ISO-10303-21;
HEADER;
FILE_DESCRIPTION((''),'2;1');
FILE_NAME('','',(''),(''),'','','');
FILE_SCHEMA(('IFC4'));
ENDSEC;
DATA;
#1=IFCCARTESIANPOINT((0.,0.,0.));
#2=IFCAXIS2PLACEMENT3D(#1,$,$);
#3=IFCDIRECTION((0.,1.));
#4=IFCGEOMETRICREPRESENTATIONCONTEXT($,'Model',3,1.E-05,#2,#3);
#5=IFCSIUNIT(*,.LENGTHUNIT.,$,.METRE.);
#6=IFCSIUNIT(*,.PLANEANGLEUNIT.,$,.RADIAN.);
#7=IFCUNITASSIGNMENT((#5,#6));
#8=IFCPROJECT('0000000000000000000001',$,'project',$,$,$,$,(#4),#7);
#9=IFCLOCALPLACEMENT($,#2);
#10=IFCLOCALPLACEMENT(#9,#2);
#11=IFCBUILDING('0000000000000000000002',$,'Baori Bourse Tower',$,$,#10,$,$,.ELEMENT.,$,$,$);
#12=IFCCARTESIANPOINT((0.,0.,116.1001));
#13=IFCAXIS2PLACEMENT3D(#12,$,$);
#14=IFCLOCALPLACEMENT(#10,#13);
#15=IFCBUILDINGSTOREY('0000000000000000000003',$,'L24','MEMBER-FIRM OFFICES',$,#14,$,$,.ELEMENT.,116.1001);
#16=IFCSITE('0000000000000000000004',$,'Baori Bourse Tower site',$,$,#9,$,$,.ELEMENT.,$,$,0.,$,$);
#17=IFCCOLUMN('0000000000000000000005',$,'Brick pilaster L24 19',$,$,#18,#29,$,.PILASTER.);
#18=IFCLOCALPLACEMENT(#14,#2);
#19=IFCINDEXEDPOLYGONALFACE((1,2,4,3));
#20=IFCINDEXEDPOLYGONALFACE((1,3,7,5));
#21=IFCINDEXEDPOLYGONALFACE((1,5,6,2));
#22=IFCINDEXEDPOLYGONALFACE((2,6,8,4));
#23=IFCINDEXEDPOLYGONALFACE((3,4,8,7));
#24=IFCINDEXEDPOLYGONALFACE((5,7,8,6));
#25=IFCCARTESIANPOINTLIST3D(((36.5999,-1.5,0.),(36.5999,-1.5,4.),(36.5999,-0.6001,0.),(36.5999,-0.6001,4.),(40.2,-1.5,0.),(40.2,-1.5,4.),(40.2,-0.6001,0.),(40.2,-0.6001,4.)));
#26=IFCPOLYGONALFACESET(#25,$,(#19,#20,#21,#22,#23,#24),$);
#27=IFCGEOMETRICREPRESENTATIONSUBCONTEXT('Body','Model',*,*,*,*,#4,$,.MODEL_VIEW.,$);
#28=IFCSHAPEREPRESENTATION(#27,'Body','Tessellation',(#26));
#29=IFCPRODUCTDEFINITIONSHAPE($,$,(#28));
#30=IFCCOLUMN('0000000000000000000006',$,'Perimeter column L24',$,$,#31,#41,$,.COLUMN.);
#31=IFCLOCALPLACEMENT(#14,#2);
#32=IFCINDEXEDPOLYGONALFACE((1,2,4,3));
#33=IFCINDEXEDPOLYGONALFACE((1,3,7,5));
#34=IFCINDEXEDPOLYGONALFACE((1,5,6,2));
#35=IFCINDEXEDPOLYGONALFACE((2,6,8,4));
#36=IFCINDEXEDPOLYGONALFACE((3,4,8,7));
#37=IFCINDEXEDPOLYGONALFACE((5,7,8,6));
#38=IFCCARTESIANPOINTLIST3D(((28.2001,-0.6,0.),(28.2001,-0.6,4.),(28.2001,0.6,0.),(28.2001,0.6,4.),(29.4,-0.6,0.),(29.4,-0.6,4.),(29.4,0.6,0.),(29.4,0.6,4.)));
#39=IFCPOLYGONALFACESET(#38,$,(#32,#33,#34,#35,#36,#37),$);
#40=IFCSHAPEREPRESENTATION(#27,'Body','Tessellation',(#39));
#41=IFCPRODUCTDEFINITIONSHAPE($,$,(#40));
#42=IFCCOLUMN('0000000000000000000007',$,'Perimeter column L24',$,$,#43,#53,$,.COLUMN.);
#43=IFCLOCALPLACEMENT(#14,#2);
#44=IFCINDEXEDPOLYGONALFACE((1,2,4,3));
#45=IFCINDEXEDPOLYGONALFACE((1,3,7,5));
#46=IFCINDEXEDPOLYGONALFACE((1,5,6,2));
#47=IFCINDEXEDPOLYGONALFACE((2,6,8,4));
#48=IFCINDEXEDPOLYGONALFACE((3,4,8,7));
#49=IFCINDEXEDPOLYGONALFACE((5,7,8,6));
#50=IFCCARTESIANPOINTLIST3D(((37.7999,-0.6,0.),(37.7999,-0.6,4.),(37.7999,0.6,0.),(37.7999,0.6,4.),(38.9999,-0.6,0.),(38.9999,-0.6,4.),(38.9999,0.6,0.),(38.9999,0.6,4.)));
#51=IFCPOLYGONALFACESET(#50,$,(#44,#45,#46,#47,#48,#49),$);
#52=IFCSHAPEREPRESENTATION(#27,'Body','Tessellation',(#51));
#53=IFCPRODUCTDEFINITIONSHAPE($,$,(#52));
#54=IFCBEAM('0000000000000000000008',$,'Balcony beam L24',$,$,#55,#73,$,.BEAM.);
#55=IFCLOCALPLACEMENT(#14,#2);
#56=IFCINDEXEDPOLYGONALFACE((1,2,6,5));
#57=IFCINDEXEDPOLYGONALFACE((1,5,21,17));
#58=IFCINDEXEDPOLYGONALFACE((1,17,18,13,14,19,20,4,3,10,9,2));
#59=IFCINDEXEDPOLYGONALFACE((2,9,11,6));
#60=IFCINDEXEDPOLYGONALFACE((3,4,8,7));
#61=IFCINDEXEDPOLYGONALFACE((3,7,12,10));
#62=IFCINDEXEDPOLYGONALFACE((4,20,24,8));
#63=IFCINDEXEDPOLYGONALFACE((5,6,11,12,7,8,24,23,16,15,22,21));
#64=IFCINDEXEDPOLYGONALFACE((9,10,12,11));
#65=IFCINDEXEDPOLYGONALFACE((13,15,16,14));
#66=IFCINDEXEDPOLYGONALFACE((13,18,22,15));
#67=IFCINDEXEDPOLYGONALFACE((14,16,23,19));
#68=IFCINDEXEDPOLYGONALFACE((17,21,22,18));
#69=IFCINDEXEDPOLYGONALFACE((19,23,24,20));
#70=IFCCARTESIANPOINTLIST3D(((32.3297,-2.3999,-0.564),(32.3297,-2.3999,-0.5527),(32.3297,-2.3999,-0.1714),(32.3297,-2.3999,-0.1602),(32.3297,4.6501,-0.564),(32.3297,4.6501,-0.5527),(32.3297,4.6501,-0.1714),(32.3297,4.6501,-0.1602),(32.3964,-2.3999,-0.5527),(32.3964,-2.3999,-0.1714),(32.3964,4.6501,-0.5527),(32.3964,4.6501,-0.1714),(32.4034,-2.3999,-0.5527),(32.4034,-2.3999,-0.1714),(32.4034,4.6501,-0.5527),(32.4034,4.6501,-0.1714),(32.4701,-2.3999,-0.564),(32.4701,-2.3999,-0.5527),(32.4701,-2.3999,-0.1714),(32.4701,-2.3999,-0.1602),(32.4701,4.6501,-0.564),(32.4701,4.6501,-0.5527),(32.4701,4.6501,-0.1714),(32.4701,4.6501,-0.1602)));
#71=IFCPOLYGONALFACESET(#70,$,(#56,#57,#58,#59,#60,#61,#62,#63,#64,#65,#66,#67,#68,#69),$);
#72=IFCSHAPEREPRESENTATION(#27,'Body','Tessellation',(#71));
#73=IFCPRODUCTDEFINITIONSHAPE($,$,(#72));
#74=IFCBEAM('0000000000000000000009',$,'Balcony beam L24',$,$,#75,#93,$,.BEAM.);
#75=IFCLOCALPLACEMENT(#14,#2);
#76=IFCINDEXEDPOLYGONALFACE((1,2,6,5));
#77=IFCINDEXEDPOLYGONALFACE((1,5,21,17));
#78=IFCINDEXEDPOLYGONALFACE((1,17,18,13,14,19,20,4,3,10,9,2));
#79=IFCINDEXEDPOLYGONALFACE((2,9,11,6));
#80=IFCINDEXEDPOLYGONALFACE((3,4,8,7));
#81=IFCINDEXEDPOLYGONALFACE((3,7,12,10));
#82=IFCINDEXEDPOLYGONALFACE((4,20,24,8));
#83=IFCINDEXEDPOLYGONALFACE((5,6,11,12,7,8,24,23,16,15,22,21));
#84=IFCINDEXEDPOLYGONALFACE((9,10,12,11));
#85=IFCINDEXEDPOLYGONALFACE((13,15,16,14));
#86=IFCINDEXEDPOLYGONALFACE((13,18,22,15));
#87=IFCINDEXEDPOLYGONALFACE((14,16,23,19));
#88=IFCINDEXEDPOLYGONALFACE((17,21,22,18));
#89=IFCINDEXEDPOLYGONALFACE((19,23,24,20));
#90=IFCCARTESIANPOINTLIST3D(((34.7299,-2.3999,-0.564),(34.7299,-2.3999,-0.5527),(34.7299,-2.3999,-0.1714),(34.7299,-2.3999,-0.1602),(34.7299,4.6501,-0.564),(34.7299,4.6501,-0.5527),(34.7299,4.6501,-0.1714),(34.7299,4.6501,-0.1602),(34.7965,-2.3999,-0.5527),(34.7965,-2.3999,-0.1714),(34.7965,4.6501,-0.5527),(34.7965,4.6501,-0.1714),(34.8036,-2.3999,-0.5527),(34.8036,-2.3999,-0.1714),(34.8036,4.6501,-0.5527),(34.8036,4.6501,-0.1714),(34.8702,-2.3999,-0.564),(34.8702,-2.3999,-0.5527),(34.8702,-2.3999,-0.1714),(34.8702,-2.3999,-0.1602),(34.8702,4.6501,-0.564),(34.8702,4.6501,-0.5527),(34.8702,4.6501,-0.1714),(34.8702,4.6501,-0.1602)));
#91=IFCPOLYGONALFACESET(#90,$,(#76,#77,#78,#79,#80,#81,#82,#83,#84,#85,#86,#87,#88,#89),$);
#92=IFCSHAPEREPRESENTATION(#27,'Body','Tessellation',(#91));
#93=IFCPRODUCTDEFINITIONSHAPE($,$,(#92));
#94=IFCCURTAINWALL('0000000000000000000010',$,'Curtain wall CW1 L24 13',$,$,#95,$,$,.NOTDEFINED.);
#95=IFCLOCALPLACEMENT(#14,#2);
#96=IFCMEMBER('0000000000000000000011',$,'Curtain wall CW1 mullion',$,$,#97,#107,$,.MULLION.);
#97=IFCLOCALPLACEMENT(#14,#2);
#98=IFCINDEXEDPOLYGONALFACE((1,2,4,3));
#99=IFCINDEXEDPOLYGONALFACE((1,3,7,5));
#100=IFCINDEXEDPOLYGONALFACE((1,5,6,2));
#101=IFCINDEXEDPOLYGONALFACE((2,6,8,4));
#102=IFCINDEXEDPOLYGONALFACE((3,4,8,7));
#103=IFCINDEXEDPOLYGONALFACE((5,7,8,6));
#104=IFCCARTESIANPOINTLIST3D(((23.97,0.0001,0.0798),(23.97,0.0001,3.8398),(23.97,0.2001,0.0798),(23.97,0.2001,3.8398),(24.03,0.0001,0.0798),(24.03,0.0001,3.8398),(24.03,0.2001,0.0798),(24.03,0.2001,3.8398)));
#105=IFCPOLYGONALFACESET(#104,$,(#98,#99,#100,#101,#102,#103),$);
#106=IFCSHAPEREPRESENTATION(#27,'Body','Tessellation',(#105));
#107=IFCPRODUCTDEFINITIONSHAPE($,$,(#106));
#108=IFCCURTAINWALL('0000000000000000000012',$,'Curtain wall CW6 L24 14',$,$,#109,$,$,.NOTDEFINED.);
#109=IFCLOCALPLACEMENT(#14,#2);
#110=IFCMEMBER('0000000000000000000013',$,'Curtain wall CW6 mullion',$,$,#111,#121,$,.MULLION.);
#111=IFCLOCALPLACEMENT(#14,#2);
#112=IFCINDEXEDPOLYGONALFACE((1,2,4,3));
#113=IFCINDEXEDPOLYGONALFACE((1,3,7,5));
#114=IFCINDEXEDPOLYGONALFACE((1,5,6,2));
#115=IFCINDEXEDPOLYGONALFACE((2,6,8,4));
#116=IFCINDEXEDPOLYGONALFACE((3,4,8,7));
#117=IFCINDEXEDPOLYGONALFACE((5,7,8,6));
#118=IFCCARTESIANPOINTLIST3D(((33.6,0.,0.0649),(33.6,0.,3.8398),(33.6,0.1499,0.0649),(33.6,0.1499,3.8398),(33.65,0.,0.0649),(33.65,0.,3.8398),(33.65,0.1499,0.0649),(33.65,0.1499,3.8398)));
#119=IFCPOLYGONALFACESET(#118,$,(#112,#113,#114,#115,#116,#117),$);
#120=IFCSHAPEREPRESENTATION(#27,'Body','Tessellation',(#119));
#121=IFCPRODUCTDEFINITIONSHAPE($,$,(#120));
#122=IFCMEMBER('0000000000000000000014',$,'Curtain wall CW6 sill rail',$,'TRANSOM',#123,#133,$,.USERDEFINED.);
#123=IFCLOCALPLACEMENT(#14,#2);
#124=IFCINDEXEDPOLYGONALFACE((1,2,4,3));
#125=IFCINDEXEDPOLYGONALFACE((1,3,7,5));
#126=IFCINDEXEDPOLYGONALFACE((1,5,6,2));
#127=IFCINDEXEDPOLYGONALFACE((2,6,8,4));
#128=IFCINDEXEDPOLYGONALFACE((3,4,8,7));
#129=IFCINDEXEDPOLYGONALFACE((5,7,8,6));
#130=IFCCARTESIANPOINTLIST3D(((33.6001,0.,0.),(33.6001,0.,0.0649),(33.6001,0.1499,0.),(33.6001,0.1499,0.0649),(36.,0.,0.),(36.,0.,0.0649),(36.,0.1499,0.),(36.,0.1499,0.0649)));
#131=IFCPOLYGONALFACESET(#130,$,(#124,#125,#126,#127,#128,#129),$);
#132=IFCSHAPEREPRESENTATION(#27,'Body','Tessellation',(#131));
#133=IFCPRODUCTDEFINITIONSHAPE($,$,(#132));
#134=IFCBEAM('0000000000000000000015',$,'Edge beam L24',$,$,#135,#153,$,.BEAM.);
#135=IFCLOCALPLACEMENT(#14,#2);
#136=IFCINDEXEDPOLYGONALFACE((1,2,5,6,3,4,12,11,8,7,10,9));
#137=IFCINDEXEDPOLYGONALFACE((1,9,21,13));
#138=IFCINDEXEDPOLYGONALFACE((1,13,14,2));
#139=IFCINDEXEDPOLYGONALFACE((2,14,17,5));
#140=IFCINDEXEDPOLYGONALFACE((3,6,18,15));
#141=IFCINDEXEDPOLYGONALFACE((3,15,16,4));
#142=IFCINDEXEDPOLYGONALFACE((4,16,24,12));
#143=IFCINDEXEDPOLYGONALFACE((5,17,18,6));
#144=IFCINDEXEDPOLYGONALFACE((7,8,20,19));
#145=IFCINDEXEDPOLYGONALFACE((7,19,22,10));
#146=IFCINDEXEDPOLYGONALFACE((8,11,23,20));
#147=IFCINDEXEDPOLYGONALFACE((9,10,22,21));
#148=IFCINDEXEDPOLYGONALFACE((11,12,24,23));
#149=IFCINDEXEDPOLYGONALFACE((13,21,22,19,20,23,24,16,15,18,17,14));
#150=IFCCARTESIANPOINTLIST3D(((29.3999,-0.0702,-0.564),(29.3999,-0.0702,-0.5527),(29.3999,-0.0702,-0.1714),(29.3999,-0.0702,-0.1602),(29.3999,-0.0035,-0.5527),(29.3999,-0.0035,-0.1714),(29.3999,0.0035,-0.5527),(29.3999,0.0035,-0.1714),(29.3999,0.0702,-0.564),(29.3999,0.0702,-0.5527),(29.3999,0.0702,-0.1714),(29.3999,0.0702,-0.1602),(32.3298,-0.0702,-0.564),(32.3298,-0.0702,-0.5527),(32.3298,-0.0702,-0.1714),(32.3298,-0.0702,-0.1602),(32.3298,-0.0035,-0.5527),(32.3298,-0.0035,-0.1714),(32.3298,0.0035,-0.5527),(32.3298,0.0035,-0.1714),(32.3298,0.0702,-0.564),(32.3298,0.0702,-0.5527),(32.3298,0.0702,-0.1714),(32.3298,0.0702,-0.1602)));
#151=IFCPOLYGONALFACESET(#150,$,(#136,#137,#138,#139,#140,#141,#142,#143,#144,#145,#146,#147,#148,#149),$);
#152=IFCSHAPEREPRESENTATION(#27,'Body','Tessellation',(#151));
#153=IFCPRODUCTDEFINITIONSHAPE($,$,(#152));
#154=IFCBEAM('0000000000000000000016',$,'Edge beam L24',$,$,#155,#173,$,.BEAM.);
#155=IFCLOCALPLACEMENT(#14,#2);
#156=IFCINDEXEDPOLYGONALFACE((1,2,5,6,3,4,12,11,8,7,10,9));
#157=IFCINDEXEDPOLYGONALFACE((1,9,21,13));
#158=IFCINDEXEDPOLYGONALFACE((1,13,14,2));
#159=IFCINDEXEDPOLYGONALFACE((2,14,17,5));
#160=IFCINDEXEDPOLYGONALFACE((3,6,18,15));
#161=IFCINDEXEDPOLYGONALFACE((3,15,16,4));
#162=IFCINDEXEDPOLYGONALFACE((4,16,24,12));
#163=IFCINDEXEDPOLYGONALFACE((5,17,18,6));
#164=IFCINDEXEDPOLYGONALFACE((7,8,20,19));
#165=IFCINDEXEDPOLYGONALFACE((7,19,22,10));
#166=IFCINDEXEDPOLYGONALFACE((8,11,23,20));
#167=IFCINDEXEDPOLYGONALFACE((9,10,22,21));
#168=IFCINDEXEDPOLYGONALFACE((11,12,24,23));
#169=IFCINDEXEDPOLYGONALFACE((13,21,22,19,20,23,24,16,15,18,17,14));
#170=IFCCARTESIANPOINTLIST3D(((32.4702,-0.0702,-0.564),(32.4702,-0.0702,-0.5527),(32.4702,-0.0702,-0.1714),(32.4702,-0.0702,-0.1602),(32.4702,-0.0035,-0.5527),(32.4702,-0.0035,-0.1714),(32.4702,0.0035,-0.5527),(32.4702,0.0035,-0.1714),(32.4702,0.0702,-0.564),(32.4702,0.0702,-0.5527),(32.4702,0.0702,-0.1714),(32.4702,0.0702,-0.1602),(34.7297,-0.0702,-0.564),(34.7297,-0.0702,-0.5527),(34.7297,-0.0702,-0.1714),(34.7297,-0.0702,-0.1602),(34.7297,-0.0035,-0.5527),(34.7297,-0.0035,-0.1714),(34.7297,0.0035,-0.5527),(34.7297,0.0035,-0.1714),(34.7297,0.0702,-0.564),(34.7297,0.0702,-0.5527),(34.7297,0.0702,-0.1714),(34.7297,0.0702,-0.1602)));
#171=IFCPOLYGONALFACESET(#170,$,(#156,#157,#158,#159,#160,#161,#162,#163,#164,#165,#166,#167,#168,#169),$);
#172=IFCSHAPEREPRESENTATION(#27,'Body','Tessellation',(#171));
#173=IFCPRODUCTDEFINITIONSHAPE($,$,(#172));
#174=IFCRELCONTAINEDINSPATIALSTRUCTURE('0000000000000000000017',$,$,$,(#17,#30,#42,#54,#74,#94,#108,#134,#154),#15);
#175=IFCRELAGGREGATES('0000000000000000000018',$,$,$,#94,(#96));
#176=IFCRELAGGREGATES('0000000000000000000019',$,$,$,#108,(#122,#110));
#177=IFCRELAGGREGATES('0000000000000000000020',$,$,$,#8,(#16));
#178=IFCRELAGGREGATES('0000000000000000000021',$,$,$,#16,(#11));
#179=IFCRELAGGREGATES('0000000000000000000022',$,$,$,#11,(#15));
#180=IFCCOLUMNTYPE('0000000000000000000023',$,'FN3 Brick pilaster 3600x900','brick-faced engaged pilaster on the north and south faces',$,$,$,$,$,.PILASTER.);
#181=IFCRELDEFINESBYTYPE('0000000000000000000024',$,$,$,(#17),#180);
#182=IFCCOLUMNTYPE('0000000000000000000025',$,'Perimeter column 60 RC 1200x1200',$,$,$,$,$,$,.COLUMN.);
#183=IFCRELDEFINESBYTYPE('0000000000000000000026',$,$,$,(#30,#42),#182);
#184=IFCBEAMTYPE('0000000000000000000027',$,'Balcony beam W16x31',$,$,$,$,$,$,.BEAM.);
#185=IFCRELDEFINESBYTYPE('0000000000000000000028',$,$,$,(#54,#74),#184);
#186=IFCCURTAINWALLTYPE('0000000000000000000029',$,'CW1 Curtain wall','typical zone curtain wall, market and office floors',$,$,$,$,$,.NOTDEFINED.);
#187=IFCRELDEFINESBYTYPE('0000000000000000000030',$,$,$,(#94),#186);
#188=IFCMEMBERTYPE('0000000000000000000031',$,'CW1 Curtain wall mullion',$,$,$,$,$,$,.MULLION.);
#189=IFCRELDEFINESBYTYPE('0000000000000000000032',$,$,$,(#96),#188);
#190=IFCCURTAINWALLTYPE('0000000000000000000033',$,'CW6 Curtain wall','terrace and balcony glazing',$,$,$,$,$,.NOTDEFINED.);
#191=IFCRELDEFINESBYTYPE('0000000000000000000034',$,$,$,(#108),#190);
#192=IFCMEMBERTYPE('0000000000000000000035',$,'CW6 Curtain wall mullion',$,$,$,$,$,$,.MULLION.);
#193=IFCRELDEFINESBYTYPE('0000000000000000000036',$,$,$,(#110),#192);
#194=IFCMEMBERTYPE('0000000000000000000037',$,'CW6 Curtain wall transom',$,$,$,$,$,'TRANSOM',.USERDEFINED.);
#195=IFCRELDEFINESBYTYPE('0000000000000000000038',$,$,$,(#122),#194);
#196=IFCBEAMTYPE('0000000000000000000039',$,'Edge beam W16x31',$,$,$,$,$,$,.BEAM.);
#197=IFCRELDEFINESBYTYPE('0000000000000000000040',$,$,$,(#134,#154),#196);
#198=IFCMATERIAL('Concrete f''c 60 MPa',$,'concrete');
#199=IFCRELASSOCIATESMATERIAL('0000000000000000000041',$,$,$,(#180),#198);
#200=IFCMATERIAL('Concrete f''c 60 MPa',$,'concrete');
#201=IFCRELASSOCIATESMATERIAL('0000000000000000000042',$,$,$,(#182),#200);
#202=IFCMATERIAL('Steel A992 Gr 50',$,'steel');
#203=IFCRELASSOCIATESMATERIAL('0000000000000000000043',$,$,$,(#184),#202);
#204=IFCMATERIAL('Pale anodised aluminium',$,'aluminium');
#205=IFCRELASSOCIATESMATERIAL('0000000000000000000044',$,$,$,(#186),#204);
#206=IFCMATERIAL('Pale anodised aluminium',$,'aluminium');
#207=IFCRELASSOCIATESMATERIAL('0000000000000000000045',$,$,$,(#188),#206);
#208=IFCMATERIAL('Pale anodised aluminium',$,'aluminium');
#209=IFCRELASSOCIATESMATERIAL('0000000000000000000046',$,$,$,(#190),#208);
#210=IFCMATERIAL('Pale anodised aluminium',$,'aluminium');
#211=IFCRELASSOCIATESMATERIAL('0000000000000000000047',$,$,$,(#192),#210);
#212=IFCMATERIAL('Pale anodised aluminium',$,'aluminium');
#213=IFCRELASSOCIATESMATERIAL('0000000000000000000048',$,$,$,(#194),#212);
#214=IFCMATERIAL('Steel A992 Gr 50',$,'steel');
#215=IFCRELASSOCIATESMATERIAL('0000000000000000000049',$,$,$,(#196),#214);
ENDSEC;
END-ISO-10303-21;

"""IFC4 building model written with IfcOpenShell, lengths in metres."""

from ifc_helpers import new_model, si_unit, direction, frame, origin, origin_2d, place, context, subcontext, project, spatial, rectangle, i_section, extrude, material, material_profile, profile_set, type_object, element, aggregate, save


model = new_model("IFC4")

# Units and contexts
model_context = context("Model", 3, precision=1e-05, world=origin(), true_north=direction((0.0, 1.0)))
body_context = subcontext(model_context, "Body", "Model", "MODEL_VIEW")
ifc_project = project(units=[si_unit("LENGTHUNIT", "METRE"), si_unit("PLANEANGLEUNIT", "RADIAN")], contexts=[model_context])

# Site, building, storey
site_placement = place(None, origin())
site = spatial("IfcSite", under=ifc_project, at=site_placement, Name="Baori Bourse Tower site", CompositionType="ELEMENT", RefElevation=0.0)
building_placement = place(site_placement, origin())
building = spatial("IfcBuilding", under=site, at=building_placement, Name="Baori Bourse Tower", CompositionType="ELEMENT")
storey_placement = place(building_placement, frame((0.0, 0.0, 116.1001)))
storey = spatial("IfcBuildingStorey", under=building, at=storey_placement, Name="L24", Description="MEMBER-FIRM OFFICES", CompositionType="ELEMENT", Elevation=116.1001)

# Columns
ifc_material_1 = material(Name="Concrete f'c 60 MPa", Category="concrete")
ifc_material_profile_1 = material_profile(ifc_material_1, rectangle(XDim=3.6001, YDim=0.8999, at=origin_2d()), Name="RC 3600x900")
ifc_profile_set_1 = profile_set([ifc_material_profile_1], Name="Concrete f'c 60 MPa")
column_type_1 = type_object("IfcColumnType", Name="FN3 Brick pilaster 3600x900", Description="brick-faced engaged pilaster on the north and south faces", PredefinedType="PILASTER", material=ifc_profile_set_1)
column_placement = place(storey_placement, frame((38.3999, -1.05, 0.0), z_axis=(0.0, 0.0, 1.0), x_axis=(1.0, 0.0, 0.0)))
element("IfcColumn", 1, at=column_placement, inside=storey, type_object=column_type_1, Name="Brick pilaster L24 19", PredefinedType="PILASTER", context=body_context, shape_type="SweptSolid", body=[
    extrude(rectangle(XDim=3.6001, YDim=0.8999, at=origin_2d()), origin(), (0.0, 0.0, 1.0), 4.0),
])
ifc_material_2 = material(Name="Concrete f'c 60 MPa", Category="concrete")
ifc_material_profile_2 = material_profile(ifc_material_2, rectangle(XDim=1.2, YDim=1.2, at=origin_2d()), Name="RC 1200x1200")
ifc_profile_set_2 = profile_set([ifc_material_profile_2], Name="Concrete f'c 60 MPa")
column_type_2 = type_object("IfcColumnType", Name="Perimeter column 60 RC 1200x1200", PredefinedType="COLUMN", material=ifc_profile_set_2)
for number, where, z_axis, x_axis, name in (
    (2, (28.8, 0.0, 0.0), (0.0, 0.0, 1.0), (1.0, 0.0, 0.0), "Perimeter column L24"),
    (3, (38.3999, 0.0, 0.0), (0.0, 0.0, 1.0), (1.0, 0.0, 0.0), "Perimeter column L24"),
):
    element("IfcColumn", number, at=place(storey_placement, frame(where, z_axis=z_axis, x_axis=x_axis)), inside=storey, type_object=column_type_2, Name=name, PredefinedType="COLUMN", context=body_context, shape_type="SweptSolid", body=[
        extrude(rectangle(XDim=1.2, YDim=1.2, at=origin_2d()), origin(), (0.0, 0.0, 1.0), 4.0),
    ])

# Beams
ifc_material_3 = material(Name="Steel A992 Gr 50", Category="steel")
ifc_material_profile_3 = material_profile(ifc_material_3, i_section(OverallWidth=0.1404, OverallDepth=0.4038, WebThickness=0.0071, FlangeThickness=0.0112, at=origin_2d()), Name="W16x31")
ifc_profile_set_3 = profile_set([ifc_material_profile_3], Name="Steel A992 Gr 50")
beam_type_1 = type_object("IfcBeamType", Name="Balcony beam W16x31", PredefinedType="BEAM", material=ifc_profile_set_3)
for number, where, z_axis, x_axis, name in (
    (4, (32.3999, -2.3999, -0.3621), (0.0, 1.0, 0.0), (-1.0, 0.0, 0.0), "Balcony beam L24"),
    (5, (34.8, -2.3999, -0.3621), (0.0, 1.0, 0.0), (-1.0, 0.0, 0.0), "Balcony beam L24"),
):
    element("IfcBeam", number, at=place(storey_placement, frame(where, z_axis=z_axis, x_axis=x_axis)), inside=storey, type_object=beam_type_1, Name=name, PredefinedType="BEAM", context=body_context, shape_type="SweptSolid", body=[
        extrude(i_section(OverallWidth=0.1404, OverallDepth=0.4038, WebThickness=0.0071, FlangeThickness=0.0112, at=origin_2d()), origin(), (0.0, 0.0, 1.0), 7.05),
    ])

# Curtain wall, member
ifc_material_4 = material(Name="Pale anodised aluminium", Category="aluminium")
curtain_wall_type_1 = type_object("IfcCurtainWallType", Name="CW1 Curtain wall", Description="typical zone curtain wall, market and office floors", PredefinedType="NOTDEFINED", material=ifc_material_4)
curtain_wall_1_placement = place(storey_placement, origin())
curtain_wall_1 = element("IfcCurtainWall", 6, at=curtain_wall_1_placement, inside=storey, type_object=curtain_wall_type_1, Name="Curtain wall CW1 L24 13", PredefinedType="NOTDEFINED")
ifc_material_5 = material(Name="Pale anodised aluminium", Category="aluminium")
ifc_material_profile_4 = material_profile(ifc_material_5, rectangle(XDim=0.2, YDim=0.0601, at=origin_2d()), Name="Mullion 60x200")
ifc_profile_set_4 = profile_set([ifc_material_profile_4], Name="Pale anodised aluminium")
member_type_1 = type_object("IfcMemberType", Name="CW1 Curtain wall mullion", PredefinedType="MULLION", material=ifc_profile_set_4)
member_1_placement = place(storey_placement, frame((24.0, 0.1001, 0.0798), z_axis=(0.0, 0.0, 1.0), x_axis=(0.0, 1.0, 0.0)))
member_1 = element("IfcMember", 7, at=member_1_placement, type_object=member_type_1, Name="Curtain wall CW1 mullion", PredefinedType="MULLION", context=body_context, shape_type="SweptSolid", body=[
    extrude(rectangle(XDim=0.2, YDim=0.0601, at=origin_2d()), origin(), (0.0, 0.0, 1.0), 3.76),
])

# Curtain wall, members
ifc_material_6 = material(Name="Pale anodised aluminium", Category="aluminium")
curtain_wall_type_2 = type_object("IfcCurtainWallType", Name="CW6 Curtain wall", Description="terrace and balcony glazing", PredefinedType="NOTDEFINED", material=ifc_material_6)
curtain_wall_2_placement = place(storey_placement, origin())
curtain_wall_2 = element("IfcCurtainWall", 8, at=curtain_wall_2_placement, inside=storey, type_object=curtain_wall_type_2, Name="Curtain wall CW6 L24 14", PredefinedType="NOTDEFINED")
ifc_material_7 = material(Name="Pale anodised aluminium", Category="aluminium")
ifc_material_profile_5 = material_profile(ifc_material_7, rectangle(XDim=0.1499, YDim=0.05, at=origin_2d()), Name="Mullion 50x150")
ifc_profile_set_5 = profile_set([ifc_material_profile_5], Name="Pale anodised aluminium")
member_type_2 = type_object("IfcMemberType", Name="CW6 Curtain wall mullion", PredefinedType="MULLION", material=ifc_profile_set_5)
member_2_placement = place(storey_placement, frame((33.625, 0.075, 0.0649), z_axis=(0.0, 0.0, 1.0), x_axis=(0.0, 1.0, 0.0)))
member_2 = element("IfcMember", 9, at=member_2_placement, type_object=member_type_2, Name="Curtain wall CW6 mullion", PredefinedType="MULLION", context=body_context, shape_type="SweptSolid", body=[
    extrude(rectangle(XDim=0.1499, YDim=0.05, at=origin_2d()), origin(), (0.0, 0.0, 1.0), 3.7749),
])
ifc_material_8 = material(Name="Pale anodised aluminium", Category="aluminium")
ifc_material_profile_6 = material_profile(ifc_material_8, rectangle(XDim=0.1499, YDim=0.0649, at=origin_2d()), Name="Transom 65x150")
ifc_profile_set_6 = profile_set([ifc_material_profile_6], Name="Pale anodised aluminium")
member_type_3 = type_object("IfcMemberType", Name="CW6 Curtain wall transom", ElementType="TRANSOM", PredefinedType="USERDEFINED", material=ifc_profile_set_6)
member_3_placement = place(storey_placement, frame((33.6001, 0.075, 0.0325), z_axis=(1.0, 0.0, 0.0), x_axis=(0.0, 1.0, 0.0)))
member_3 = element("IfcMember", 10, at=member_3_placement, type_object=member_type_3, Name="Curtain wall CW6 sill rail", ObjectType="TRANSOM", PredefinedType="USERDEFINED", context=body_context, shape_type="SweptSolid", body=[
    extrude(rectangle(XDim=0.1499, YDim=0.0649, at=origin_2d()), origin(), (0.0, 0.0, 1.0), 2.3999),
])

# Beams
ifc_material_9 = material(Name="Steel A992 Gr 50", Category="steel")
ifc_material_profile_7 = material_profile(ifc_material_9, i_section(OverallWidth=0.1404, OverallDepth=0.4038, WebThickness=0.0071, FlangeThickness=0.0112, at=origin_2d()), Name="W16x31")
ifc_profile_set_7 = profile_set([ifc_material_profile_7], Name="Steel A992 Gr 50")
beam_type_2 = type_object("IfcBeamType", Name="Edge beam W16x31", PredefinedType="BEAM", material=ifc_profile_set_7)
beam_1_placement = place(storey_placement, frame((29.3999, 0.0, -0.3621), z_axis=(1.0, 0.0, 0.0), x_axis=(0.0, 1.0, 0.0)))
element("IfcBeam", 11, at=beam_1_placement, inside=storey, type_object=beam_type_2, Name="Edge beam L24", PredefinedType="BEAM", context=body_context, shape_type="SweptSolid", body=[
    extrude(i_section(OverallWidth=0.1404, OverallDepth=0.4038, WebThickness=0.0071, FlangeThickness=0.0112, at=origin_2d()), origin(), (0.0, 0.0, 1.0), 2.9299),
])
beam_2_placement = place(storey_placement, frame((32.4702, 0.0, -0.3621), z_axis=(1.0, 0.0, 0.0), x_axis=(0.0, 1.0, 0.0)))
element("IfcBeam", 12, at=beam_2_placement, inside=storey, type_object=beam_type_2, Name="Edge beam L24", PredefinedType="BEAM", context=body_context, shape_type="SweptSolid", body=[
    extrude(i_section(OverallWidth=0.1404, OverallDepth=0.4038, WebThickness=0.0071, FlangeThickness=0.0112, at=origin_2d()), origin(), (0.0, 0.0, 1.0), 2.2595),
])

aggregate(curtain_wall_1, [member_1])
aggregate(curtain_wall_2, [member_3, member_2])

save(model, "model.ifc")
